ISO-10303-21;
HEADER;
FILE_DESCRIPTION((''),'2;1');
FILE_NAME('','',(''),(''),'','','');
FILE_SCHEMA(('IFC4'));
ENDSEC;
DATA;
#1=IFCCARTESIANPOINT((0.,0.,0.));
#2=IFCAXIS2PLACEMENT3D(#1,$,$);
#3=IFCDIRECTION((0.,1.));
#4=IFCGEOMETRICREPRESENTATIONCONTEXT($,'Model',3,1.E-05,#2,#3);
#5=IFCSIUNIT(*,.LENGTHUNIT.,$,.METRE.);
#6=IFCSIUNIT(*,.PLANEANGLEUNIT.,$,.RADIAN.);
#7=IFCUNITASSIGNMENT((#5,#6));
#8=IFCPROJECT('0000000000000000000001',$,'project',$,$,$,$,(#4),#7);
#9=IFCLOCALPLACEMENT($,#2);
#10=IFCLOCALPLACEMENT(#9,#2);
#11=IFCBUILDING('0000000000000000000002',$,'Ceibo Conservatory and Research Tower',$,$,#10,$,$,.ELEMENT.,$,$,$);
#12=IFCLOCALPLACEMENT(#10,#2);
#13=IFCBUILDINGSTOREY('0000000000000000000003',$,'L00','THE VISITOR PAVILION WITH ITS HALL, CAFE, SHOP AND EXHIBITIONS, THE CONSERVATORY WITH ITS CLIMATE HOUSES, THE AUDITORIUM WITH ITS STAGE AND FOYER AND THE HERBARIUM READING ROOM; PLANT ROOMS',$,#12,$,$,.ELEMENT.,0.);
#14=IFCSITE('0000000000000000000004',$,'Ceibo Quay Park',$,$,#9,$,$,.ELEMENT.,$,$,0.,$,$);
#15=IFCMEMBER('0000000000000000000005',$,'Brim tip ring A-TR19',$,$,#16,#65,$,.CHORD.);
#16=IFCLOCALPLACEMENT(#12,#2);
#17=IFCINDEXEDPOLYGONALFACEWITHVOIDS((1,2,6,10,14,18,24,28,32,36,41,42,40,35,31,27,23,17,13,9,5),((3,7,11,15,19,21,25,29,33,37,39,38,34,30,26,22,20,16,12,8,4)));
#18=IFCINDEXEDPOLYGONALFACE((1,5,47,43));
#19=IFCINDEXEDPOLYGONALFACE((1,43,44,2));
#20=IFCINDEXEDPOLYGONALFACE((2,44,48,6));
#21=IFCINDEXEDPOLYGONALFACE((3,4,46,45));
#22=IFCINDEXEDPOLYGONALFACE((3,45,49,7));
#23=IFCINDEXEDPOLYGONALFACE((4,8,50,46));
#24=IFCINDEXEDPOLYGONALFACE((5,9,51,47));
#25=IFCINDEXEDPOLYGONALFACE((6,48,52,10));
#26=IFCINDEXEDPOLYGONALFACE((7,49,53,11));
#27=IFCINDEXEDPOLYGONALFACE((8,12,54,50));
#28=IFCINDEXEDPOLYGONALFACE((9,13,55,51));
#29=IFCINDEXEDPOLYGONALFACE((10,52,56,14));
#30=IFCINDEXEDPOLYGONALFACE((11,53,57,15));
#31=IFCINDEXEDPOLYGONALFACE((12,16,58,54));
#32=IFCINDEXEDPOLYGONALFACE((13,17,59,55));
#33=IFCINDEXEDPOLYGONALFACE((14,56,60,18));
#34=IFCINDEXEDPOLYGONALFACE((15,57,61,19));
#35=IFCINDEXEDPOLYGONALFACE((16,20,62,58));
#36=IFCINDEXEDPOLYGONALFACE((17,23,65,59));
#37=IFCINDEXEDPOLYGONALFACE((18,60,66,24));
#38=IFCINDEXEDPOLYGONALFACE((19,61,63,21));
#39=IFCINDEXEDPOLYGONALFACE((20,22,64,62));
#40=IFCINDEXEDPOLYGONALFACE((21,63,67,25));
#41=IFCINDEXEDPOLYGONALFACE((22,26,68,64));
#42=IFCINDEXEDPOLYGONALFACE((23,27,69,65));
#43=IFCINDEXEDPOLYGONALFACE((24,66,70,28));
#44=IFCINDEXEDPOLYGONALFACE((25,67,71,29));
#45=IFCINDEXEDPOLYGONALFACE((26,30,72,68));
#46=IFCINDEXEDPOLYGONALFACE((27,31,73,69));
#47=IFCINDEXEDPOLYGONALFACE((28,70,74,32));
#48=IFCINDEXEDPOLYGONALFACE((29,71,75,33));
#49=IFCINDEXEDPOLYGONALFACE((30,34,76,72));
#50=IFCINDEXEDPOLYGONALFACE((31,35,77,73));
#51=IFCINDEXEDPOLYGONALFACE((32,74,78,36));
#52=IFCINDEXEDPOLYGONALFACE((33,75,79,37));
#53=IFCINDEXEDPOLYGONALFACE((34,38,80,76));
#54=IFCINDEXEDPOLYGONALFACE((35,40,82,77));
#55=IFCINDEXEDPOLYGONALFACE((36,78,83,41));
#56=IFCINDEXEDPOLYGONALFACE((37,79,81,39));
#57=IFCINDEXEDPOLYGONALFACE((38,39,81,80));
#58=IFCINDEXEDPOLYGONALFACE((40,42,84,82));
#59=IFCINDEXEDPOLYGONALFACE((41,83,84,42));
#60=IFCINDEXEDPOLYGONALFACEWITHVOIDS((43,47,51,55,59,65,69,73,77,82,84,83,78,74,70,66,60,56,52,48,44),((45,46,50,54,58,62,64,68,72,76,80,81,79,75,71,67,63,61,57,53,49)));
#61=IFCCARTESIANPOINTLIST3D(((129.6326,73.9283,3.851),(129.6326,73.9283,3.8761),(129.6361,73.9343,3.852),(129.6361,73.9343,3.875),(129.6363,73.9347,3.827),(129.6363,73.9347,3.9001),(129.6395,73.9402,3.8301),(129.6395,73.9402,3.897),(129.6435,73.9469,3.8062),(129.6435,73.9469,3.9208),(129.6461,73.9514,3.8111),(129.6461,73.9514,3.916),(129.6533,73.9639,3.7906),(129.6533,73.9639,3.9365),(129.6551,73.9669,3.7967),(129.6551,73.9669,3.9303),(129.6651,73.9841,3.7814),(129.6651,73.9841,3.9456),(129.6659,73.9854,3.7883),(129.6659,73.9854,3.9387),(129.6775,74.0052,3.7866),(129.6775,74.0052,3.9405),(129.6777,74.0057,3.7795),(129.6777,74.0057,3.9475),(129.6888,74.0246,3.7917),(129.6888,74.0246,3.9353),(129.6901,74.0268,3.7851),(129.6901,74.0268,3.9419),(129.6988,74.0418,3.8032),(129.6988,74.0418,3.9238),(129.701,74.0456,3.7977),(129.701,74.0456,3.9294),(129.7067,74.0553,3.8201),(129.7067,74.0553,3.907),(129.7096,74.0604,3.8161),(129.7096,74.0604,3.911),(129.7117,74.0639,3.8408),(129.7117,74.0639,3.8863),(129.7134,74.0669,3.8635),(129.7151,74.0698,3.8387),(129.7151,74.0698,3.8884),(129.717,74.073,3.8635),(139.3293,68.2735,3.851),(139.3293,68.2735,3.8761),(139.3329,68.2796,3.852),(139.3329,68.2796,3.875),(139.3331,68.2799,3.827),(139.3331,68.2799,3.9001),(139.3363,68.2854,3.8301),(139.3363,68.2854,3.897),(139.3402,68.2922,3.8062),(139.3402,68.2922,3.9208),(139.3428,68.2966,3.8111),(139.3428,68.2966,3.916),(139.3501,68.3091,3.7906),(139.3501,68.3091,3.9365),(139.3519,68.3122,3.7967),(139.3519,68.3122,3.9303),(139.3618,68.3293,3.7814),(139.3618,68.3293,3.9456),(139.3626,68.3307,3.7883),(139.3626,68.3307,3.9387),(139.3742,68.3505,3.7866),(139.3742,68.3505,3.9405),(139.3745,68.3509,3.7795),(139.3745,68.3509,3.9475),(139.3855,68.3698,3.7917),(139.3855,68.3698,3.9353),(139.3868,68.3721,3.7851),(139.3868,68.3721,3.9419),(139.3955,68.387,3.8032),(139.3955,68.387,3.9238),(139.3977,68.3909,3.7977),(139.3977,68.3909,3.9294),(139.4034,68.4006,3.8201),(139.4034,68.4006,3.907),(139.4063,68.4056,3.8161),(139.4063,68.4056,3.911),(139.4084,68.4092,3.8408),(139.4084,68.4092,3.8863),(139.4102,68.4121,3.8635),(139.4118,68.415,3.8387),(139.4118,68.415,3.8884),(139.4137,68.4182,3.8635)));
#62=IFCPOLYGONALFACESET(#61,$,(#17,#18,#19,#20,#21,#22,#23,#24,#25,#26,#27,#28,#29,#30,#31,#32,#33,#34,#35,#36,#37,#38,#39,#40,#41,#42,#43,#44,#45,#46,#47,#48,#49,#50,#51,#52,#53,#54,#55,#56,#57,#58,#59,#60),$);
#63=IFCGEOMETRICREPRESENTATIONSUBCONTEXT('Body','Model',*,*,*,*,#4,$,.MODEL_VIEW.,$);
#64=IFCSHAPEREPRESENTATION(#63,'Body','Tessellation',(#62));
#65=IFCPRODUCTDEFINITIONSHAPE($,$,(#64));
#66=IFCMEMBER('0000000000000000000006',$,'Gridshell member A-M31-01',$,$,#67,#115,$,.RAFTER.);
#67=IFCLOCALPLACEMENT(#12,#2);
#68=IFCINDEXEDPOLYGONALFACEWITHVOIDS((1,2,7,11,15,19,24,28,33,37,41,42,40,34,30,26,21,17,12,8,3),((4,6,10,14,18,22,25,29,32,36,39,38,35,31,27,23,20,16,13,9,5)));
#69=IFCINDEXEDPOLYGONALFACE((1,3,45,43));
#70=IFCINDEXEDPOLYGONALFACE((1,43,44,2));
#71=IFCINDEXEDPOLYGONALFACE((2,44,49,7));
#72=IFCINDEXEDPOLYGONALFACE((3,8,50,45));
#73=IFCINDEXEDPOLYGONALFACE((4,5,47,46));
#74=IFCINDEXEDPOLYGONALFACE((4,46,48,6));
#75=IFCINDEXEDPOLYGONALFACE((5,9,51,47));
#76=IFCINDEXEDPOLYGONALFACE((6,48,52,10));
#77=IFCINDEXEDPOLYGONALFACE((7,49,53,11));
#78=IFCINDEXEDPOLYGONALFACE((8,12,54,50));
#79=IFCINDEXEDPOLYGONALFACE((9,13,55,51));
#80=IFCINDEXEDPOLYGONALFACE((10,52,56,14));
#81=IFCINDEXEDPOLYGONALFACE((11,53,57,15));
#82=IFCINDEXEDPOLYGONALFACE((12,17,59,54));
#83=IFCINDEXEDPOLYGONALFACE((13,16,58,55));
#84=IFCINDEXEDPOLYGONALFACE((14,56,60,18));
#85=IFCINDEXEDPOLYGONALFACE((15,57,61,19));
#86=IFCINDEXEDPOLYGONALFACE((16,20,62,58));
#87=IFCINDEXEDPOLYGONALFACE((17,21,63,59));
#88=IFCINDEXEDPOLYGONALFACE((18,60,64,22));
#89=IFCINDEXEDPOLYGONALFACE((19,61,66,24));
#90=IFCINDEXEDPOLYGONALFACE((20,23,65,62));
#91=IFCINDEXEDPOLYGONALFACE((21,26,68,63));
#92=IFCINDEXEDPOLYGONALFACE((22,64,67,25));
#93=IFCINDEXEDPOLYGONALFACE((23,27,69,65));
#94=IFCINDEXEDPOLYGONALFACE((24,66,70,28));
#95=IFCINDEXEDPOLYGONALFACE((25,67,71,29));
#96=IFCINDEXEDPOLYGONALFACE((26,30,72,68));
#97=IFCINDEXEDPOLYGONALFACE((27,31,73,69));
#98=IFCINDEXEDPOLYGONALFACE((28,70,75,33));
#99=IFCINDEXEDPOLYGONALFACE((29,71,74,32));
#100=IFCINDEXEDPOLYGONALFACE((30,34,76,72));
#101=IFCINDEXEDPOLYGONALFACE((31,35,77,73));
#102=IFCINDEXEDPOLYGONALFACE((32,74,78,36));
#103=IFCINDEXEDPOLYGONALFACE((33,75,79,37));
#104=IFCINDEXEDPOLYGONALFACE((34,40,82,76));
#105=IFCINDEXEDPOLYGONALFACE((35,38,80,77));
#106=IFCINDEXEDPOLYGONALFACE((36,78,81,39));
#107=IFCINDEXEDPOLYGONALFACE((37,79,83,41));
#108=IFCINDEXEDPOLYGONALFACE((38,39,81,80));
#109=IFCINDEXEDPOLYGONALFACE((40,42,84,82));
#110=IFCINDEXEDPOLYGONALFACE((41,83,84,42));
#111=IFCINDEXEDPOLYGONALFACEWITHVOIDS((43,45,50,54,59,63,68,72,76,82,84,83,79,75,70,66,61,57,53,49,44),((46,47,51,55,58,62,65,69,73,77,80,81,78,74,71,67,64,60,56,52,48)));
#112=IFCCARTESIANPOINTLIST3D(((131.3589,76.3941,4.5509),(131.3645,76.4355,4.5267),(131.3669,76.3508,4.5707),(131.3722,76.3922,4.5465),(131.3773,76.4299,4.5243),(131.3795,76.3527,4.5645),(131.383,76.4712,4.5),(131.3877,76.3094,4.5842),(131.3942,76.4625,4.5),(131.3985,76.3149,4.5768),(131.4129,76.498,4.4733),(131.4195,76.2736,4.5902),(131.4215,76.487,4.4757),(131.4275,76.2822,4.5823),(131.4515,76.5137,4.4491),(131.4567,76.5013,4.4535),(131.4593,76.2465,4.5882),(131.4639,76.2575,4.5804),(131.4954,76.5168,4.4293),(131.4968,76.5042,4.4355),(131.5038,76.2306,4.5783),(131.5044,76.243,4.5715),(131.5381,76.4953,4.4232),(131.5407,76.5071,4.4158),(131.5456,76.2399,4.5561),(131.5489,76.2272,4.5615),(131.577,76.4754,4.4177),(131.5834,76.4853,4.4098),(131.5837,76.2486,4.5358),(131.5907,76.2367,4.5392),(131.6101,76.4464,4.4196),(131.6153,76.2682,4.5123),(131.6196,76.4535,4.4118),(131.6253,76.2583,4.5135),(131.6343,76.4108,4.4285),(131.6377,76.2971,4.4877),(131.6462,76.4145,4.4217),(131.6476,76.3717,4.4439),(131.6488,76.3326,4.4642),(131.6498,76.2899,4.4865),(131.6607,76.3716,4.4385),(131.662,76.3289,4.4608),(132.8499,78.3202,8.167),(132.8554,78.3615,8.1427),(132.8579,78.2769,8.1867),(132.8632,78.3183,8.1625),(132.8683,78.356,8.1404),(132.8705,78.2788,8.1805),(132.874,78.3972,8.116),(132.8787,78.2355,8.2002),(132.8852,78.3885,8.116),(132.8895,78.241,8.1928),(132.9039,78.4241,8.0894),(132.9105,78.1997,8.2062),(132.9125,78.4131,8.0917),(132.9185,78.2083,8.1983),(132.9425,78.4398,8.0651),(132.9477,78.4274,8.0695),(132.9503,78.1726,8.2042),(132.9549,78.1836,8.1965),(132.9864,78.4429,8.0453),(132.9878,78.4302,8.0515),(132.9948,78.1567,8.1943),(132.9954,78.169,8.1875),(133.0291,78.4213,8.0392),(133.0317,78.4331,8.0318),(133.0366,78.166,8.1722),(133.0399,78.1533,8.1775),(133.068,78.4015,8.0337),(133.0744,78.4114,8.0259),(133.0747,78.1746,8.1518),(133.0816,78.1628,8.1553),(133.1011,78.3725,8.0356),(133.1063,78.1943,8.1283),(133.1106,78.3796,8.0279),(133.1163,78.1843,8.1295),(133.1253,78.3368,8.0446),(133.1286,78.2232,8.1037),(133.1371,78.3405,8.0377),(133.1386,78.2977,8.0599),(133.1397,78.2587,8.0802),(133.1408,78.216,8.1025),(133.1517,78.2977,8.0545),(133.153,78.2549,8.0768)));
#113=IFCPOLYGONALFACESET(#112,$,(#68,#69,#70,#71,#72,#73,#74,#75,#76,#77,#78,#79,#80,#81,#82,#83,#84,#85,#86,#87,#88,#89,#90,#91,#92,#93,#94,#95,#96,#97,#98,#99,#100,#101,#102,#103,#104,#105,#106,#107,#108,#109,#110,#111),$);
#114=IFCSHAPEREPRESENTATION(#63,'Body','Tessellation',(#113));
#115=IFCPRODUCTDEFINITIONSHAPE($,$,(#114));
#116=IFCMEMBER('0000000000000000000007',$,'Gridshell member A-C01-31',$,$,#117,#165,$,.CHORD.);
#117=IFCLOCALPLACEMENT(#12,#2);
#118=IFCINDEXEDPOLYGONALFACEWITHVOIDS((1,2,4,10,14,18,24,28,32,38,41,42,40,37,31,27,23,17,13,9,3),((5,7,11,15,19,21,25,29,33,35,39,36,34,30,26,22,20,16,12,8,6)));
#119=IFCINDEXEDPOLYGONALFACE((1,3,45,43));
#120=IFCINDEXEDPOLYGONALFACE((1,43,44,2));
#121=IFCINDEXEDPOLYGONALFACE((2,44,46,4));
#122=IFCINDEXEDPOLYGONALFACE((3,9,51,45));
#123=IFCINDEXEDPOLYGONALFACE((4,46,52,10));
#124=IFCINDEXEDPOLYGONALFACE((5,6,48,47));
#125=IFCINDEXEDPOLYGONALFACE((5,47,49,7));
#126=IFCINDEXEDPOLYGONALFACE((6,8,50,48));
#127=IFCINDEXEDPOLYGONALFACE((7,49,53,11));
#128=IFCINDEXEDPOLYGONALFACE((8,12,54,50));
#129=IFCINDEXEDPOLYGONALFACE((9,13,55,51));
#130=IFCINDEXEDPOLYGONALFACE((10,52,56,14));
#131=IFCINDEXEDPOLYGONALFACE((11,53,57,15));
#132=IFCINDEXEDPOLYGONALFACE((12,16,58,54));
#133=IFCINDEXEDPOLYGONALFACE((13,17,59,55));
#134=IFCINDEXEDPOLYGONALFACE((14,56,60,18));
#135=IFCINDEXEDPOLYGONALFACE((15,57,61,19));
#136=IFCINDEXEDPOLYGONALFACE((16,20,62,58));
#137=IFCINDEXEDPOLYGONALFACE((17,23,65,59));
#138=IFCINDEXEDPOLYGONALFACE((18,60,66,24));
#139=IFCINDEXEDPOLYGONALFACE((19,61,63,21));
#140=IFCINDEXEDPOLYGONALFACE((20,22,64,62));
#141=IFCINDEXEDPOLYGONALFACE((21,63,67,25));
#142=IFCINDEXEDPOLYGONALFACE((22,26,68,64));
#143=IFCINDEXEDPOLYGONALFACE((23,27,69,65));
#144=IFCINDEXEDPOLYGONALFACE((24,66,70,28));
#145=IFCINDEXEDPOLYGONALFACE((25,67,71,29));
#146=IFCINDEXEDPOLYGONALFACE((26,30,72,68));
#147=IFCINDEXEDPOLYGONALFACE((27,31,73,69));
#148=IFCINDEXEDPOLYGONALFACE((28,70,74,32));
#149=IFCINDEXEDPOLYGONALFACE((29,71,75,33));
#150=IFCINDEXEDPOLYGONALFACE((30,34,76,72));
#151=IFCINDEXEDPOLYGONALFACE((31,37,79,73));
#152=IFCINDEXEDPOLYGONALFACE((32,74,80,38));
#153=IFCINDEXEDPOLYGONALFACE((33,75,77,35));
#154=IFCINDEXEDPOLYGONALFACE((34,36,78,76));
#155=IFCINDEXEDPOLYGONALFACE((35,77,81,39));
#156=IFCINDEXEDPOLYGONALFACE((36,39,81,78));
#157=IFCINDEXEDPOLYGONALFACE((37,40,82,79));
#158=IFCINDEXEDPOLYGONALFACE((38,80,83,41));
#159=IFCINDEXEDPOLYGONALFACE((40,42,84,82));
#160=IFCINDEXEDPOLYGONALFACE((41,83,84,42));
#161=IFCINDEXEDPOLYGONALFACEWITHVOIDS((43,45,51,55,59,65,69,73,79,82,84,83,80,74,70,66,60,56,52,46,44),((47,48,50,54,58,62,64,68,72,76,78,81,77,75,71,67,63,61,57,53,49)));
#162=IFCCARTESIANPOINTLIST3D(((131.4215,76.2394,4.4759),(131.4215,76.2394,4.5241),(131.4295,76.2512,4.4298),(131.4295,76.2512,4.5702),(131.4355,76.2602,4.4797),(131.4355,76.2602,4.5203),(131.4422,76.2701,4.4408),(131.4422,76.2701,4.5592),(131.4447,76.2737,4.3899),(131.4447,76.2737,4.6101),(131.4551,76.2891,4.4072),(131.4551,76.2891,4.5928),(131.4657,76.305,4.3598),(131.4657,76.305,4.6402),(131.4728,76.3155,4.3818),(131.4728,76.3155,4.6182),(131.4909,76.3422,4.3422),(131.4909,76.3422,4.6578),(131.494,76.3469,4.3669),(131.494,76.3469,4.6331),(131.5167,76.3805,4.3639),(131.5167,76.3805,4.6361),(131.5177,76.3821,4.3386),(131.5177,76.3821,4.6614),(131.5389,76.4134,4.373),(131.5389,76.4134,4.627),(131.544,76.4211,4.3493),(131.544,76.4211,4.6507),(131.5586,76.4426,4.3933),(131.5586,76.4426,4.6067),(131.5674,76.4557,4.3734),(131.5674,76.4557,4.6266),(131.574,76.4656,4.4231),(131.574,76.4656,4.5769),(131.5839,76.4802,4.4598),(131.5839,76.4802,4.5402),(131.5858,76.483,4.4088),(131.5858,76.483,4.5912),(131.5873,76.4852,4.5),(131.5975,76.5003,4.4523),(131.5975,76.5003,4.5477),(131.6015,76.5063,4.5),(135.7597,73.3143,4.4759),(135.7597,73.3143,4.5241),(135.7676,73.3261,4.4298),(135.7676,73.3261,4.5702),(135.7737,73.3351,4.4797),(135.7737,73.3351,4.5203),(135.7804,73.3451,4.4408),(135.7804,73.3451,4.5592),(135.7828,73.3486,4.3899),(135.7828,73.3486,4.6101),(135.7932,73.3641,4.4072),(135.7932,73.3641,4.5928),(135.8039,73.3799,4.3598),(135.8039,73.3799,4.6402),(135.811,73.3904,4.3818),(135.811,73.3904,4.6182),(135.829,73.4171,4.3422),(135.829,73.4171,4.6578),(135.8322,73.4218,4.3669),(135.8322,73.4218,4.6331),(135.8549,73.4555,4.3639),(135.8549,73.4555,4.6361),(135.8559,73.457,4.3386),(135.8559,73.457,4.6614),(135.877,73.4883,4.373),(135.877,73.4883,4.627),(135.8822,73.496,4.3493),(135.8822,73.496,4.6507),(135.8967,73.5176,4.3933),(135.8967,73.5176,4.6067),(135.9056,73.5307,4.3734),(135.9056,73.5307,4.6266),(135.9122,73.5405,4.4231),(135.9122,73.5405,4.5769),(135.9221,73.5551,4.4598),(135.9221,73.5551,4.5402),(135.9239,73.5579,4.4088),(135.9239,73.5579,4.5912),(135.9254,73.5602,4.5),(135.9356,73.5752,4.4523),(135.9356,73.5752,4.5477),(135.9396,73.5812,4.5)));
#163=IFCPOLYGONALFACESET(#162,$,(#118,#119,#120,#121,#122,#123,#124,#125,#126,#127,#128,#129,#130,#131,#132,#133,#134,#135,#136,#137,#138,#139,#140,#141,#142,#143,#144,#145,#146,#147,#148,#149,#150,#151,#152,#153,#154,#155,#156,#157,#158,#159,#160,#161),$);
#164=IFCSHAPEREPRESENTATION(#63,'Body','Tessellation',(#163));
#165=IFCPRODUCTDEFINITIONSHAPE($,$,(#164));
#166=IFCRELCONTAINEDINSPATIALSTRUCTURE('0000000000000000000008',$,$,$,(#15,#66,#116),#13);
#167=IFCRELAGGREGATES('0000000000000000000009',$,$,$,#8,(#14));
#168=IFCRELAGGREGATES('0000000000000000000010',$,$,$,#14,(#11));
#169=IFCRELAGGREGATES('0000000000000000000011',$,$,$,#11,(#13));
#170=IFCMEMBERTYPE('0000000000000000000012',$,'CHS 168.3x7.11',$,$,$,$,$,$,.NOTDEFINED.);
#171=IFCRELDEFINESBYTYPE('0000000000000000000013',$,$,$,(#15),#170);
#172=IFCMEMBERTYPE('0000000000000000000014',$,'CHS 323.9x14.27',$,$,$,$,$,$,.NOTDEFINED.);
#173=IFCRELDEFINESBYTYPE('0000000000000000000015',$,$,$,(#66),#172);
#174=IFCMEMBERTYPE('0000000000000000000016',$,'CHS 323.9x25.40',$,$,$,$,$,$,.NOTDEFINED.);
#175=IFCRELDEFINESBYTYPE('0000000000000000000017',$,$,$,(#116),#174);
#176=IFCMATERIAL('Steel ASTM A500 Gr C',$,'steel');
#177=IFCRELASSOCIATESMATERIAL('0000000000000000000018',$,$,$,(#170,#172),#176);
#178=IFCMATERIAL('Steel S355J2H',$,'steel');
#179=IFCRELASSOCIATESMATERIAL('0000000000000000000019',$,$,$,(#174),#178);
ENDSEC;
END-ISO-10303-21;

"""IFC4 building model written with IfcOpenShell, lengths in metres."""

from ifc_helpers import new_model, si_unit, direction, frame, origin, origin_2d, place, context, subcontext, project, spatial, hollow_circle, extrude, material, material_profile, profile_set, type_object, element, save


model = new_model("IFC4")

# Units and contexts
model_context = context("Model", 3, precision=1e-05, world=origin(), true_north=direction((0.0, 1.0)))
body_context = subcontext(model_context, "Body", "Model", "MODEL_VIEW")
ifc_project = project(units=[si_unit("LENGTHUNIT", "METRE"), si_unit("PLANEANGLEUNIT", "RADIAN")], contexts=[model_context])

# Site, building, storey
site_placement = place(None, origin())
site = spatial("IfcSite", under=ifc_project, at=site_placement, Name="Ceibo Quay Park", CompositionType="ELEMENT", RefElevation=0.0)
building_placement = place(site_placement, origin())
building = spatial("IfcBuilding", under=site, at=building_placement, Name="Ceibo Conservatory and Research Tower", CompositionType="ELEMENT")
storey_placement = place(building_placement, origin())
storey = spatial("IfcBuildingStorey", under=building, at=storey_placement, Name="L00", Description="THE VISITOR PAVILION WITH ITS HALL, CAFE, SHOP AND EXHIBITIONS, THE CONSERVATORY WITH ITS CLIMATE HOUSES, THE AUDITORIUM WITH ITS STAGE AND FOYER AND THE HERBARIUM READING ROOM; PLANT ROOMS", CompositionType="ELEMENT", Elevation=0.0)

# Shared definitions
ifc_material_1 = material(Name="Steel ASTM A500 Gr C", Category="steel")

# Members
ifc_material_profile_1 = material_profile(ifc_material_1, hollow_circle(Radius=0.0842, WallThickness=0.0071, at=origin_2d()), Name="CHS 168.3x7.11")
ifc_profile_set_1 = profile_set([ifc_material_profile_1], Name="Steel ASTM A500 Gr C")
member_type_1 = type_object("IfcMemberType", Name="CHS 168.3x7.11", PredefinedType="NOTDEFINED", material=ifc_profile_set_1)
member_1_placement = place(storey_placement, frame((129.6746, 74.0002, 3.8635), z_axis=(0.863844, -0.50376, 0.0), x_axis=(0.50376, 0.863844, 0.0)))
element("IfcMember", 1, at=member_1_placement, inside=storey, type_object=member_type_1, Name="Brim tip ring A-TR19", PredefinedType="CHORD", context=body_context, shape_type="SweptSolid", body=[
    extrude(hollow_circle(Radius=0.0842, WallThickness=0.0071, at=origin_2d()), origin(), (0.0, 0.0, 1.0), 11.2251),
])
ifc_material_profile_2 = material_profile(ifc_material_1, hollow_circle(Radius=0.1619, WallThickness=0.0142, at=origin_2d()), Name="CHS 323.9x14.27")
ifc_profile_set_2 = profile_set([ifc_material_profile_2], Name="Steel ASTM A500 Gr C")
member_type_2 = type_object("IfcMemberType", Name="CHS 323.9x14.27", PredefinedType="NOTDEFINED", material=ifc_profile_set_2)
member_2_placement = place(storey_placement, frame((131.511, 76.3721, 4.5), z_axis=(0.341981, 0.44177, 0.82939), x_axis=(-0.790753, 0.612135, 0.0)))
element("IfcMember", 2, at=member_2_placement, inside=storey, type_object=member_type_2, Name="Gridshell member A-M31-01", PredefinedType="RAFTER", context=body_context, shape_type="SweptSolid", body=[
    extrude(hollow_circle(Radius=0.1619, WallThickness=0.0142, at=origin_2d()), origin(), (0.0, 0.0, 1.0), 4.3599),
])
ifc_material_2 = material(Name="Steel S355J2H", Category="steel")
ifc_material_profile_3 = material_profile(ifc_material_2, hollow_circle(Radius=0.1619, WallThickness=0.0254, at=origin_2d()), Name="CHS 323.9x25.40")
ifc_profile_set_3 = profile_set([ifc_material_profile_3], Name="Steel S355J2H")
member_type_3 = type_object("IfcMemberType", Name="CHS 323.9x25.40", PredefinedType="NOTDEFINED", material=ifc_profile_set_3)
member_3_placement = place(storey_placement, frame((131.511, 76.3721, 4.5), z_axis=(0.829131, -0.559054, 0.0), x_axis=(0.559054, 0.829131, 0.0)))
element("IfcMember", 3, at=member_3_placement, inside=storey, type_object=member_type_3, Name="Gridshell member A-C01-31", PredefinedType="CHORD", context=body_context, shape_type="SweptSolid", body=[
    extrude(hollow_circle(Radius=0.1619, WallThickness=0.0254, at=origin_2d()), origin(), (0.0, 0.0, 1.0), 5.2322),
])

save(model, "model.ifc")
